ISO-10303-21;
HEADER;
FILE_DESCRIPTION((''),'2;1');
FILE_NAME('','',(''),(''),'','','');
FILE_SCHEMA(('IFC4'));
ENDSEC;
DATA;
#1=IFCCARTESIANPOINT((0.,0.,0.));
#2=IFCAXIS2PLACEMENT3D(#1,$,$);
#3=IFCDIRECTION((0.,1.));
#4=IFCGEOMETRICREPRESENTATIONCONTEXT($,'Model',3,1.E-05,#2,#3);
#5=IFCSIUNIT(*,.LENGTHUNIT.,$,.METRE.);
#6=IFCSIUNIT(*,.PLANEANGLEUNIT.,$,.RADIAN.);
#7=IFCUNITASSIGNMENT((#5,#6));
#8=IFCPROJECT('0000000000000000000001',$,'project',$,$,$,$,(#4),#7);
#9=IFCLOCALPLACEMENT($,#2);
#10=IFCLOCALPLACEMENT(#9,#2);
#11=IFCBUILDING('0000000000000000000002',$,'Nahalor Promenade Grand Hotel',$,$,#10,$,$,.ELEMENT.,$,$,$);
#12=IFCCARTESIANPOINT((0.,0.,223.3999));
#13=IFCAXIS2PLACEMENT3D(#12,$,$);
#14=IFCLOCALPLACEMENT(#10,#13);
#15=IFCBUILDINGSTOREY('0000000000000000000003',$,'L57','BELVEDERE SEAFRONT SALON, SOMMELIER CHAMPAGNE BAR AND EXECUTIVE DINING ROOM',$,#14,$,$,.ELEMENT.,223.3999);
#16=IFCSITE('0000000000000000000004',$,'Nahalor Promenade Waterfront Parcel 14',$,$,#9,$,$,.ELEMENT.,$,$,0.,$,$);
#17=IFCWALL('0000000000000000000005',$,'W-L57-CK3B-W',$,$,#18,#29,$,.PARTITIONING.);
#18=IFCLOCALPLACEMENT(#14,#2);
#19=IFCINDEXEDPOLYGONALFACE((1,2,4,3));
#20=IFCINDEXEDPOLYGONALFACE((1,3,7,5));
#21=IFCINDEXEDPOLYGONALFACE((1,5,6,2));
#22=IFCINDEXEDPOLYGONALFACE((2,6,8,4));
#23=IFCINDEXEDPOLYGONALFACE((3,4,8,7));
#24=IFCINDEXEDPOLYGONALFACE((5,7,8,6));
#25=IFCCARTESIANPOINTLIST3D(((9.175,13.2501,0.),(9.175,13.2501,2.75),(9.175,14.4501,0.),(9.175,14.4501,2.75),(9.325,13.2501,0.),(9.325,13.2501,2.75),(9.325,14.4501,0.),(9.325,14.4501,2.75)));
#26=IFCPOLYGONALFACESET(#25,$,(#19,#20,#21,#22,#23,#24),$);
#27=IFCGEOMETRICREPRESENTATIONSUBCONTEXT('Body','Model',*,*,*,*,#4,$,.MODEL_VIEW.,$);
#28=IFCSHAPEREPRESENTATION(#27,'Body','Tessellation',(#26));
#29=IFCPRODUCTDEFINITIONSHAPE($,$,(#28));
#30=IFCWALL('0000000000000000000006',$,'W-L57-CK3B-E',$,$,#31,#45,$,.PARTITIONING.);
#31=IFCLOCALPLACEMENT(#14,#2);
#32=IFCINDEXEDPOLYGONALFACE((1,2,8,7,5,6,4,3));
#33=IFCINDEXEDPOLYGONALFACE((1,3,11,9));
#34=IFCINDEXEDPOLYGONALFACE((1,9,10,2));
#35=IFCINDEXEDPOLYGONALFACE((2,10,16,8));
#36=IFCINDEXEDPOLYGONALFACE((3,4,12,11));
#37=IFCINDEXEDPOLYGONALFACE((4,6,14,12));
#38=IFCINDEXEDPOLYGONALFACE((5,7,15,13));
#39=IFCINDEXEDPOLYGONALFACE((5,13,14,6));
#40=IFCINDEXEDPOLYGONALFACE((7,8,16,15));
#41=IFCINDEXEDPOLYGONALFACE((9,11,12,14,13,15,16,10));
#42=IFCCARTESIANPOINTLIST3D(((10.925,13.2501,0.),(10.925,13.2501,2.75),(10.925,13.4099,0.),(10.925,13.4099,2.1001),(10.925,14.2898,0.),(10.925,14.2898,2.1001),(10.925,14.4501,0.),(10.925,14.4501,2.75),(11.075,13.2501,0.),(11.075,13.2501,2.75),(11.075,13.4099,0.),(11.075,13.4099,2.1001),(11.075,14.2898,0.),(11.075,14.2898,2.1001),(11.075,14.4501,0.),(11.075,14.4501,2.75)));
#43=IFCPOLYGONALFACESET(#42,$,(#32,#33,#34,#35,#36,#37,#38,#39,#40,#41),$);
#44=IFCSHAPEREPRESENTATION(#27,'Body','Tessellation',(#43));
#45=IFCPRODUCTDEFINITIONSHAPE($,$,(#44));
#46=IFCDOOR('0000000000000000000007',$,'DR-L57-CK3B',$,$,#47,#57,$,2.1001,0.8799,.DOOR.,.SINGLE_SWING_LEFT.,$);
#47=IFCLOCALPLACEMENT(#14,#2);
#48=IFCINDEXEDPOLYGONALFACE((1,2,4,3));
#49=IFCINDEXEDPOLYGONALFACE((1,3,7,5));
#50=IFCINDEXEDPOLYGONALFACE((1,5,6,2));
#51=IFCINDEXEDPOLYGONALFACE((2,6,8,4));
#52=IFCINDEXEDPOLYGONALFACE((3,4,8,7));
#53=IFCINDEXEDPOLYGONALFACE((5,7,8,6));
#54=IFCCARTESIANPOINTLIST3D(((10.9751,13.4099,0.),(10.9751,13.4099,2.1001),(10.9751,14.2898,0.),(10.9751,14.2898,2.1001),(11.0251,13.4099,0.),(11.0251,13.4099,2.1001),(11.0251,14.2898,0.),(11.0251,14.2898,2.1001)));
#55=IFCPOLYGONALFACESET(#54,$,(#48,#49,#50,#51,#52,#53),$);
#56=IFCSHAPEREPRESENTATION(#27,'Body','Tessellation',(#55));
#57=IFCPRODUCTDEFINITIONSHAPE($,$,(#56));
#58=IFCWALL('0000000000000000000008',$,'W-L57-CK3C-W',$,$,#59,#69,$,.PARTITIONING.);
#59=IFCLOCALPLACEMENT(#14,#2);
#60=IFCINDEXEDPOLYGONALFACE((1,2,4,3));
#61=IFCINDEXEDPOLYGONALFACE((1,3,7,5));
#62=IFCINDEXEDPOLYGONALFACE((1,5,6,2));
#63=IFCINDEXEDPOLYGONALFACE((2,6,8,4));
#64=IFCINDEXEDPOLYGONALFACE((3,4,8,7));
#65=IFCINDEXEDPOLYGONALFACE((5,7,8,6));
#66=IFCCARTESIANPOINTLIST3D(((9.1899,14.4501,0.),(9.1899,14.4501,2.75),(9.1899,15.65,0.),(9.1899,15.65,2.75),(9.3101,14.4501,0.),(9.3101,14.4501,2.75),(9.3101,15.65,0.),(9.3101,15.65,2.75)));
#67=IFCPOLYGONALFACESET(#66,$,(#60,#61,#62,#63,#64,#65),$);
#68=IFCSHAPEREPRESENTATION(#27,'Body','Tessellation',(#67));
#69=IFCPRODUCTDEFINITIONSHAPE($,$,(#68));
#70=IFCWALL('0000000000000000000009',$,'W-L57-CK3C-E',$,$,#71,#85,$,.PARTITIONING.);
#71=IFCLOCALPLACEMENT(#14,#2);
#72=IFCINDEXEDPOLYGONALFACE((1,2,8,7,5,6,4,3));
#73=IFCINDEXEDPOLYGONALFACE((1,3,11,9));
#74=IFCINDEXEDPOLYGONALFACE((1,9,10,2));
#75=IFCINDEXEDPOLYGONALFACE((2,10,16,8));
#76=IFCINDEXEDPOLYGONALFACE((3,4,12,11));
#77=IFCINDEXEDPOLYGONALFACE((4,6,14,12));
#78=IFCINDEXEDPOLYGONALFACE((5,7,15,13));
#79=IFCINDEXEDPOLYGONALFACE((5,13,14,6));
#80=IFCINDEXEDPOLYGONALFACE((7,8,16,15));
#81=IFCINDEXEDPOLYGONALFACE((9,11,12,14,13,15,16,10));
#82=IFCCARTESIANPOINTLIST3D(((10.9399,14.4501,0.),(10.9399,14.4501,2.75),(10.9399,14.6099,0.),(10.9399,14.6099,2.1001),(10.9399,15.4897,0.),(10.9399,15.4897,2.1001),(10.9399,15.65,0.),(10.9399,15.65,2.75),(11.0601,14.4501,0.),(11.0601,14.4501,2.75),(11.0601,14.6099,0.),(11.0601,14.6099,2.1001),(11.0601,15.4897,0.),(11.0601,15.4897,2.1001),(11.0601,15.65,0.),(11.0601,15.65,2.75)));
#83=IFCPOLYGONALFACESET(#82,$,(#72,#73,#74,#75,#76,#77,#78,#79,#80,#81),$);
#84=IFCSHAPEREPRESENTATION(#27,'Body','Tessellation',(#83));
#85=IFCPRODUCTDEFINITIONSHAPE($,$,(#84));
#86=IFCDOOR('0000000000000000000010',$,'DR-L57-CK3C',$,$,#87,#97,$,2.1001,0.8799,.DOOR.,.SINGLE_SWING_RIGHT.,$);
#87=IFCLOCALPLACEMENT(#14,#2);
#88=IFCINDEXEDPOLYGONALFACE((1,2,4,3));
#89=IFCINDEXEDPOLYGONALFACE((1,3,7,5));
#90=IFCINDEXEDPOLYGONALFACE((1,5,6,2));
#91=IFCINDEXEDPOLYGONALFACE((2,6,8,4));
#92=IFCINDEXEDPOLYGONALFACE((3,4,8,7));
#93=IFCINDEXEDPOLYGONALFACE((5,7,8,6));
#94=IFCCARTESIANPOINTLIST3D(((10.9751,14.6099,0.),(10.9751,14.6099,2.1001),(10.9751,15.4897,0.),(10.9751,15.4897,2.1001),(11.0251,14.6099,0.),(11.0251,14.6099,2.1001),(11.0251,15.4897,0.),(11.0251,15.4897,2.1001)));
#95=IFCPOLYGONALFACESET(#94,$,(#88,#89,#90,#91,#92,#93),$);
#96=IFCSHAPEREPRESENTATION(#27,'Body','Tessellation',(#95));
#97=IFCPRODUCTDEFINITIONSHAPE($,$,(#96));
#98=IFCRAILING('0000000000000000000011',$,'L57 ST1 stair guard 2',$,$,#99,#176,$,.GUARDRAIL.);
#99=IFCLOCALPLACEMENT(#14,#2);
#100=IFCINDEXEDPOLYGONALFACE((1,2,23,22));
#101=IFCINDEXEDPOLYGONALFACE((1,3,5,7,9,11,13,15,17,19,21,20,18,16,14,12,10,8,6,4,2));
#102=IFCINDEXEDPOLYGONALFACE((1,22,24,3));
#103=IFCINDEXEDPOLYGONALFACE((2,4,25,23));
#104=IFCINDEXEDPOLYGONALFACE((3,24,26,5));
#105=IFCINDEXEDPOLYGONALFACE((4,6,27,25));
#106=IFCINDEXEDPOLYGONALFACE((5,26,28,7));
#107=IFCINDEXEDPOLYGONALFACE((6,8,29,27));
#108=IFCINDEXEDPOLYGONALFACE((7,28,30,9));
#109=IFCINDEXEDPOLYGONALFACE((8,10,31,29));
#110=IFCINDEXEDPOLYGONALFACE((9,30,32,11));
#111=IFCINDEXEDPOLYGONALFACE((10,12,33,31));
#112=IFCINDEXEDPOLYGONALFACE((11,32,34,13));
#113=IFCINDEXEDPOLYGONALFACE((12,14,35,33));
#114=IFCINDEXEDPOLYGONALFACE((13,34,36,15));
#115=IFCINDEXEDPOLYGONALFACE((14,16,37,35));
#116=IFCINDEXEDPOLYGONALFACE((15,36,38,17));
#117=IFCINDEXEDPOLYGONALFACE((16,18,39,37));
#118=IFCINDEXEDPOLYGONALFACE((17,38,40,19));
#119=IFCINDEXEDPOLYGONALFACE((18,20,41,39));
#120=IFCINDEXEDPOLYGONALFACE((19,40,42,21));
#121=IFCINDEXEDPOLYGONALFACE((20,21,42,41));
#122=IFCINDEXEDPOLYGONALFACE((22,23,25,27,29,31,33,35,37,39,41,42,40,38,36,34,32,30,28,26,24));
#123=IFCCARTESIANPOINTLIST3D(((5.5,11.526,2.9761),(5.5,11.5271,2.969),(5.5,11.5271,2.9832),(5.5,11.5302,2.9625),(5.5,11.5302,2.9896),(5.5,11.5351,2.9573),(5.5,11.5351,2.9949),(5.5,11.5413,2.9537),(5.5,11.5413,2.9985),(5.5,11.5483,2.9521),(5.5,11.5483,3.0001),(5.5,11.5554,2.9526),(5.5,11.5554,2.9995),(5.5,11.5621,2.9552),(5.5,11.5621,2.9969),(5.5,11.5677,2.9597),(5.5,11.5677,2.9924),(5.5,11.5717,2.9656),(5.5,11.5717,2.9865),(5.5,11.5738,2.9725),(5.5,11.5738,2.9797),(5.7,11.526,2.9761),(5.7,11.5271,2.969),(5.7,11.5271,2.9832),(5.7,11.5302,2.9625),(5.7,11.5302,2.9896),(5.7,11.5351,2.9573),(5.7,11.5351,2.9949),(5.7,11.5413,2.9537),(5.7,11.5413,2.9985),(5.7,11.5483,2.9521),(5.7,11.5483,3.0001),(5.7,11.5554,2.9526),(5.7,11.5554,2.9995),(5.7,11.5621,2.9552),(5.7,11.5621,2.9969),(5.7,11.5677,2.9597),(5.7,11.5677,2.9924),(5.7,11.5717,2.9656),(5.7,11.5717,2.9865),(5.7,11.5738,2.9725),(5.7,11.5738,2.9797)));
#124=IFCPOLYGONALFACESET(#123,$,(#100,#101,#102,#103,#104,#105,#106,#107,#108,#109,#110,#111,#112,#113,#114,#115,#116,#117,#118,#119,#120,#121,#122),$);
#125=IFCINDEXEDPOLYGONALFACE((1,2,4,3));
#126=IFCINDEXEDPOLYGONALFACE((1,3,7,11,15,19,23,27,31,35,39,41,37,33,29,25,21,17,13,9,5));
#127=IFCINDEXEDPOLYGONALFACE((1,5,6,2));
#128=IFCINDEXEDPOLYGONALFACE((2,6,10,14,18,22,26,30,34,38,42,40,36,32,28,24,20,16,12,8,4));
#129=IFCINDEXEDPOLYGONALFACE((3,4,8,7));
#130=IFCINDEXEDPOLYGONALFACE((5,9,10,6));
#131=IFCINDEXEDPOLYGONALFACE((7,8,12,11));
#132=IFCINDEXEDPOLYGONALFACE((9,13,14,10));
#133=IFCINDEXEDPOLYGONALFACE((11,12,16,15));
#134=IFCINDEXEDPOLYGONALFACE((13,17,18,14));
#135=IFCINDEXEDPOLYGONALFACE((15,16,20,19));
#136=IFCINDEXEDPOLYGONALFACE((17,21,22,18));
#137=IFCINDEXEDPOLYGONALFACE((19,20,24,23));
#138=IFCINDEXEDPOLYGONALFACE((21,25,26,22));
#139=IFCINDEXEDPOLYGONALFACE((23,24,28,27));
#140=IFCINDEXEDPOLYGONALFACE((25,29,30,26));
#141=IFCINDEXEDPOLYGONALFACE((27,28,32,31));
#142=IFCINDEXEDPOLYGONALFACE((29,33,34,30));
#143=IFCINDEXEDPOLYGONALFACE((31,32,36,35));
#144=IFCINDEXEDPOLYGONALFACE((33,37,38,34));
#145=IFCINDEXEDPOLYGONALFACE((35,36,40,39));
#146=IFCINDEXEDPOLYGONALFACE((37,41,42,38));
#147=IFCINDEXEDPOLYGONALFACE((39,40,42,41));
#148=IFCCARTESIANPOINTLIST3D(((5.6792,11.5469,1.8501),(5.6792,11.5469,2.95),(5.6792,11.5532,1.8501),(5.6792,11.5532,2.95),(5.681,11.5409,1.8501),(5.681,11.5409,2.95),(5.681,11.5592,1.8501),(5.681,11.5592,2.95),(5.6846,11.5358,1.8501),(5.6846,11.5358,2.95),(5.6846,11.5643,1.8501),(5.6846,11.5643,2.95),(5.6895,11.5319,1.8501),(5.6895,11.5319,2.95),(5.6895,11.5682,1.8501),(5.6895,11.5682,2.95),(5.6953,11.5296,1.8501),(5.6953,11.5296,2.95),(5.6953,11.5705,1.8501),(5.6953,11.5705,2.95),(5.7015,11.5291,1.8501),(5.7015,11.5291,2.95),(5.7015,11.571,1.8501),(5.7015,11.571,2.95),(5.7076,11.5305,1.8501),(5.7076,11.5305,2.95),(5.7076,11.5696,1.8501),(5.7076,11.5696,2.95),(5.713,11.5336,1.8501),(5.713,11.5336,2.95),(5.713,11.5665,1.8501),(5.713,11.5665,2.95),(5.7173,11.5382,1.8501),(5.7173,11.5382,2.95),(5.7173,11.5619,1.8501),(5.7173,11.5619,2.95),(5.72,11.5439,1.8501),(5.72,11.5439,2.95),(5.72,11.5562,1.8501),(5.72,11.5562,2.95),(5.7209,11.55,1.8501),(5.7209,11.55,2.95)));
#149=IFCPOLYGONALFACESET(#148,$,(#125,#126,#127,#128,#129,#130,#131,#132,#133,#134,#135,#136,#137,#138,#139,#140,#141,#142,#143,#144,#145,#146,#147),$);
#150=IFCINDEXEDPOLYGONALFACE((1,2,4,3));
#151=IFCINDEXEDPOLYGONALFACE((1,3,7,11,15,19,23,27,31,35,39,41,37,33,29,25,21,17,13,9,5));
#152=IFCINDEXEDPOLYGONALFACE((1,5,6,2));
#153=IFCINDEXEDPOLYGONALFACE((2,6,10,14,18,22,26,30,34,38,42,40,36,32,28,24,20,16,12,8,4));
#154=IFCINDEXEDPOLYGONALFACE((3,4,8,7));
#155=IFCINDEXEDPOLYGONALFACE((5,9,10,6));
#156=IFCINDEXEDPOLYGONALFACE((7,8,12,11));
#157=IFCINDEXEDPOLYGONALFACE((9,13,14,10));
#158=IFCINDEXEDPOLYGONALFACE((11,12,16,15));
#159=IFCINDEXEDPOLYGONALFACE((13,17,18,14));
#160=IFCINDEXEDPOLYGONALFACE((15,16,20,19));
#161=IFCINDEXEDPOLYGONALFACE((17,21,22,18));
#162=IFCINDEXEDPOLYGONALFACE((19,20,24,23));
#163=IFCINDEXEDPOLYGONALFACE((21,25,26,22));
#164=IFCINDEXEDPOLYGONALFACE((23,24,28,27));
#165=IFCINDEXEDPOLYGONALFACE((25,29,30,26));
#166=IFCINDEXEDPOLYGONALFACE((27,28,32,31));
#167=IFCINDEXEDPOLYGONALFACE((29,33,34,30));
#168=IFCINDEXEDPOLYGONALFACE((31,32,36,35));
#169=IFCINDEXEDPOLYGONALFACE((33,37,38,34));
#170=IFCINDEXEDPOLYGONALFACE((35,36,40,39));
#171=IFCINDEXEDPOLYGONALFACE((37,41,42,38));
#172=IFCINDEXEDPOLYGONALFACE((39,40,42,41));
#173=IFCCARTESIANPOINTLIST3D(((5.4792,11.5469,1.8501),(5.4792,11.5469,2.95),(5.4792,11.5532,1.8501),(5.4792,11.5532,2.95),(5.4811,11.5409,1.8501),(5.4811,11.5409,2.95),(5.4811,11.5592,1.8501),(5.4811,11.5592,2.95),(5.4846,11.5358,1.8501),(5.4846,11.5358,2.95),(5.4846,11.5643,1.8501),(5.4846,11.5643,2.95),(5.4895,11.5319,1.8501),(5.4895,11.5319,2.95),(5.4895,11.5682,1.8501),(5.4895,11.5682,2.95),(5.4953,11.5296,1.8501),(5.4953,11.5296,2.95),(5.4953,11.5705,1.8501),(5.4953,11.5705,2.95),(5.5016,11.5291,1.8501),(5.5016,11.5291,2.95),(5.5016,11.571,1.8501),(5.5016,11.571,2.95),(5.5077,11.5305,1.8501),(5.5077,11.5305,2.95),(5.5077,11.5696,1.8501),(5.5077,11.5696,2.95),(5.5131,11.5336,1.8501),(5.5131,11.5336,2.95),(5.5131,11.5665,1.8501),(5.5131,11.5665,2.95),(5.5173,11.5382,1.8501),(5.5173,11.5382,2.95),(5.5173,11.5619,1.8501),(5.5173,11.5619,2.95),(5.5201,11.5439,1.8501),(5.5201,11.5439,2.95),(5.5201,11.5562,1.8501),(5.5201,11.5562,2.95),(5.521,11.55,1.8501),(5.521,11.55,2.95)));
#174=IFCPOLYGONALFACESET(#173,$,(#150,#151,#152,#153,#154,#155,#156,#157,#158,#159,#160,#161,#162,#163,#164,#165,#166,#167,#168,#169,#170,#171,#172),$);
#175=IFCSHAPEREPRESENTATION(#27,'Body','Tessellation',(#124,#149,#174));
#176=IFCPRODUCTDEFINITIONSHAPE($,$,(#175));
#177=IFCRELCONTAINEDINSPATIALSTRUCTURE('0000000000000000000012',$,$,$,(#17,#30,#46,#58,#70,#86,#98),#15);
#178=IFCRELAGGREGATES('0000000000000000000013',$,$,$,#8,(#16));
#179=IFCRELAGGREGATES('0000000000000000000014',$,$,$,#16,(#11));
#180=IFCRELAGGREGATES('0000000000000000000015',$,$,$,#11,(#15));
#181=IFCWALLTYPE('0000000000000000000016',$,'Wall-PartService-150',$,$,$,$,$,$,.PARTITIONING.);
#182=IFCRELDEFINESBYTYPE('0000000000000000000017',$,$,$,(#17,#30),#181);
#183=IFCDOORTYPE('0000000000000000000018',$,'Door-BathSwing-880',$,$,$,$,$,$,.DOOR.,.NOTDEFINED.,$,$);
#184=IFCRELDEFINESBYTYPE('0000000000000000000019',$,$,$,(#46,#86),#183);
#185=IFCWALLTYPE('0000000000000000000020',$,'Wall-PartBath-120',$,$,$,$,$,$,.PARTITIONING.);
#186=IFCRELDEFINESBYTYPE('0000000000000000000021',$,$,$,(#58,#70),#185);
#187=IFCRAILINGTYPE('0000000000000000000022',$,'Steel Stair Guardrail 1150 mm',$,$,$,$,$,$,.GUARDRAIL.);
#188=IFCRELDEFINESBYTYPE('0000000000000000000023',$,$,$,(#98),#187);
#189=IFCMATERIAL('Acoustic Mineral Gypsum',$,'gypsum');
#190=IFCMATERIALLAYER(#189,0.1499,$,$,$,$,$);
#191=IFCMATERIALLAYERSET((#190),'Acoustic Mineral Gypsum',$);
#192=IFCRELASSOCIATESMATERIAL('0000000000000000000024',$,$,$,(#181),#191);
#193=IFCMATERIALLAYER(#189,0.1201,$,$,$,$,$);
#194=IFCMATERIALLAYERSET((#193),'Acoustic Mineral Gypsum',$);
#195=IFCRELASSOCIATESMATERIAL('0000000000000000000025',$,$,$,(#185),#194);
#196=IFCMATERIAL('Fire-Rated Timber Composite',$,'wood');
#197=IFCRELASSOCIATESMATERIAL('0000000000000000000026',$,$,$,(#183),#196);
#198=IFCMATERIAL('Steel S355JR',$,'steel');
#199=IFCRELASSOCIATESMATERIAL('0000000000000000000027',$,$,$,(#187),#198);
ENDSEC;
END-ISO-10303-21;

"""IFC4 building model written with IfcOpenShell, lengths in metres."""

from ifc_helpers import new_model, si_unit, direction, frame, frame_2d, origin, origin_2d, place, context, subcontext, project, spatial, rectangle, circle, extrude, source, transform, mapped, material, layer, layer_set, type_object, element, fill, save


model = new_model("IFC4")

# Units and contexts
model_context = context("Model", 3, precision=1e-05, world=origin(), true_north=direction((0.0, 1.0)))
body_context = subcontext(model_context, "Body", "Model", "MODEL_VIEW")
ifc_project = project(units=[si_unit("LENGTHUNIT", "METRE"), si_unit("PLANEANGLEUNIT", "RADIAN")], contexts=[model_context])

# Site, building, storey
site_placement = place(None, origin())
site = spatial("IfcSite", under=ifc_project, at=site_placement, Name="Nahalor Promenade Waterfront Parcel 14", CompositionType="ELEMENT", RefElevation=0.0)
building_placement = place(site_placement, origin())
building = spatial("IfcBuilding", under=site, at=building_placement, Name="Nahalor Promenade Grand Hotel", CompositionType="ELEMENT")
storey_placement = place(building_placement, frame((0.0, 0.0, 223.3999)))
storey = spatial("IfcBuildingStorey", under=building, at=storey_placement, Name="L57", Description="BELVEDERE SEAFRONT SALON, SOMMELIER CHAMPAGNE BAR AND EXECUTIVE DINING ROOM", CompositionType="ELEMENT", Elevation=223.3999)

# Shared definitions
ifc_material_1 = material(Name="Steel S355JR", Category="steel")

# Shared definitions
ifc_material_2 = material(Name="Acoustic Mineral Gypsum", Category="gypsum")
ifc_layer_1 = layer(ifc_material_2, 0.1499)
ifc_layer_set_1 = layer_set([ifc_layer_1], Name="Acoustic Mineral Gypsum")
wall_type_1 = type_object("IfcWallType", Name="Wall-PartService-150", PredefinedType="PARTITIONING", material=ifc_layer_set_1)
ifc_layer_2 = layer(ifc_material_2, 0.1201)
ifc_layer_set_2 = layer_set([ifc_layer_2], Name="Acoustic Mineral Gypsum")
wall_type_2 = type_object("IfcWallType", Name="Wall-PartBath-120", PredefinedType="PARTITIONING", material=ifc_layer_set_2)
shared_shape_1 = source(origin(), body_context, "Body", "SweptSolid", [
    extrude(rectangle(XDim=1.2, YDim=0.1499, at=frame_2d((0.6001, 0.0))), origin(), (0.0, 0.0, 1.0), 2.75),
])

# Shared definitions
ifc_material_3 = material(Name="Fire-Rated Timber Composite", Category="wood")
door_type = type_object("IfcDoorType", Name="Door-BathSwing-880", OperationType="NOTDEFINED", PredefinedType="DOOR", material=ifc_material_3)
shared_shape_2 = source(origin(), body_context, "Body", "SweptSolid", [
    extrude(rectangle(XDim=0.8799, YDim=2.1001, at=frame_2d((0.4399, 1.05))), frame((0.0, 0.0249, 0.0), z_axis=(0.0, -1.0, 0.0), x_axis=(1.0, 0.0, 0.0)), (0.0, 0.0, 1.0), 0.05),
])

# Wall
wall_1_placement = place(storey_placement, frame((9.25, 13.25, 0.0), z_axis=(0.0, 0.0, 1.0), x_axis=(0.0, 1.0, 0.0)))
element("IfcWall", 1, at=wall_1_placement, inside=storey, type_object=wall_type_1, Name="W-L57-CK3B-W", PredefinedType="PARTITIONING", context=body_context, shape_type="MappedRepresentation", body=[
    mapped(shared_shape_1, transform((0.0, 0.0, 0.0), scale=1.0)),
])

# Wall, opening, door
wall_2_placement = place(storey_placement, frame((11.0, 13.25, 0.0), z_axis=(0.0, 0.0, 1.0), x_axis=(0.0, 1.0, 0.0)))
wall_2 = element("IfcWall", 2, at=wall_2_placement, inside=storey, type_object=wall_type_1, Name="W-L57-CK3B-E", PredefinedType="PARTITIONING", context=body_context, shape_type="MappedRepresentation", body=[
    mapped(shared_shape_1, transform((0.0, 0.0, 0.0), scale=1.0)),
])
opening_1_placement = place(wall_2_placement, frame((0.1599, 0.0, 0.0)))
opening_1 = element("IfcOpeningElement", 3, at=opening_1_placement, cuts=wall_2, PredefinedType="OPENING", context=body_context, shape_type="SweptSolid", body=[
    extrude(rectangle(XDim=0.8799, YDim=2.1001, at=frame_2d((0.4399, 1.05))), frame((0.0, 0.085, 0.0), z_axis=(0.0, -1.0, 0.0), x_axis=(1.0, 0.0, 0.0)), (0.0, 0.0, 1.0), 0.1699),
])
door_1_placement = place(opening_1_placement, origin())
door_1 = element("IfcDoor", 4, at=door_1_placement, inside=storey, type_object=door_type, Name="DR-L57-CK3B", OperationType="SINGLE_SWING_LEFT", OverallHeight=2.1001, OverallWidth=0.8799, PredefinedType="DOOR", context=body_context, shape_type="MappedRepresentation", body=[
    mapped(shared_shape_2, transform((0.0, 0.0, 0.0), scale=1.0)),
])
fill(opening_1, door_1)

# Wall
shared_shape_3 = source(origin(), body_context, "Body", "SweptSolid", [
    extrude(rectangle(XDim=1.2, YDim=0.1201, at=frame_2d((0.6001, 0.0))), origin(), (0.0, 0.0, 1.0), 2.75),
])
wall_3_placement = place(storey_placement, frame((9.25, 14.45, 0.0), z_axis=(0.0, 0.0, 1.0), x_axis=(0.0, 1.0, 0.0)))
element("IfcWall", 5, at=wall_3_placement, inside=storey, type_object=wall_type_2, Name="W-L57-CK3C-W", PredefinedType="PARTITIONING", context=body_context, shape_type="MappedRepresentation", body=[
    mapped(shared_shape_3, transform((0.0, 0.0, 0.0), scale=1.0)),
])

# Wall, opening, door
wall_4_placement = place(storey_placement, frame((11.0, 14.45, 0.0), z_axis=(0.0, 0.0, 1.0), x_axis=(0.0, 1.0, 0.0)))
wall_4 = element("IfcWall", 6, at=wall_4_placement, inside=storey, type_object=wall_type_2, Name="W-L57-CK3C-E", PredefinedType="PARTITIONING", context=body_context, shape_type="MappedRepresentation", body=[
    mapped(shared_shape_3, transform((0.0, 0.0, 0.0), scale=1.0)),
])
opening_2_placement = place(wall_4_placement, frame((0.1599, 0.0, 0.0)))
opening_2 = element("IfcOpeningElement", 7, at=opening_2_placement, cuts=wall_4, PredefinedType="OPENING", context=body_context, shape_type="SweptSolid", body=[
    extrude(rectangle(XDim=0.8799, YDim=2.1001, at=frame_2d((0.4399, 1.05))), frame((0.0, 0.0701, 0.0), z_axis=(0.0, -1.0, 0.0), x_axis=(1.0, 0.0, 0.0)), (0.0, 0.0, 1.0), 0.1401),
])
door_2_placement = place(opening_2_placement, origin())
door_2 = element("IfcDoor", 8, at=door_2_placement, inside=storey, type_object=door_type, Name="DR-L57-CK3C", OperationType="SINGLE_SWING_RIGHT", OverallHeight=2.1001, OverallWidth=0.8799, PredefinedType="DOOR", context=body_context, shape_type="MappedRepresentation", body=[
    mapped(shared_shape_2, transform((0.0, 0.0, 0.0), scale=1.0)),
])
fill(opening_2, door_2)

# Railing
railing_type = type_object("IfcRailingType", Name="Steel Stair Guardrail 1150 mm", PredefinedType="GUARDRAIL", material=ifc_material_1)
railing_placement = place(storey_placement, frame((5.7, 11.55, 1.8501)))
element("IfcRailing", 9, at=railing_placement, inside=storey, type_object=railing_type, Name="L57 ST1 stair guard 2", PredefinedType="GUARDRAIL", context=body_context, shape_type="SweptSolid", body=[
    extrude(circle(Radius=0.024, at=origin_2d()), frame((0.0, 0.0, 1.126), z_axis=(-1.0, 0.0, 0.0), x_axis=(0.0, -1.0, 0.0)), (0.0, 0.0, 1.0), 0.2),
    extrude(circle(Radius=0.021, at=origin_2d()), origin(), (0.0, 0.0, 1.0), 1.0999),
    extrude(circle(Radius=0.021, at=origin_2d()), frame((-0.2, 0.0, 0.0)), (0.0, 0.0, 1.0), 1.0999),
])

save(model, "model.ifc")
